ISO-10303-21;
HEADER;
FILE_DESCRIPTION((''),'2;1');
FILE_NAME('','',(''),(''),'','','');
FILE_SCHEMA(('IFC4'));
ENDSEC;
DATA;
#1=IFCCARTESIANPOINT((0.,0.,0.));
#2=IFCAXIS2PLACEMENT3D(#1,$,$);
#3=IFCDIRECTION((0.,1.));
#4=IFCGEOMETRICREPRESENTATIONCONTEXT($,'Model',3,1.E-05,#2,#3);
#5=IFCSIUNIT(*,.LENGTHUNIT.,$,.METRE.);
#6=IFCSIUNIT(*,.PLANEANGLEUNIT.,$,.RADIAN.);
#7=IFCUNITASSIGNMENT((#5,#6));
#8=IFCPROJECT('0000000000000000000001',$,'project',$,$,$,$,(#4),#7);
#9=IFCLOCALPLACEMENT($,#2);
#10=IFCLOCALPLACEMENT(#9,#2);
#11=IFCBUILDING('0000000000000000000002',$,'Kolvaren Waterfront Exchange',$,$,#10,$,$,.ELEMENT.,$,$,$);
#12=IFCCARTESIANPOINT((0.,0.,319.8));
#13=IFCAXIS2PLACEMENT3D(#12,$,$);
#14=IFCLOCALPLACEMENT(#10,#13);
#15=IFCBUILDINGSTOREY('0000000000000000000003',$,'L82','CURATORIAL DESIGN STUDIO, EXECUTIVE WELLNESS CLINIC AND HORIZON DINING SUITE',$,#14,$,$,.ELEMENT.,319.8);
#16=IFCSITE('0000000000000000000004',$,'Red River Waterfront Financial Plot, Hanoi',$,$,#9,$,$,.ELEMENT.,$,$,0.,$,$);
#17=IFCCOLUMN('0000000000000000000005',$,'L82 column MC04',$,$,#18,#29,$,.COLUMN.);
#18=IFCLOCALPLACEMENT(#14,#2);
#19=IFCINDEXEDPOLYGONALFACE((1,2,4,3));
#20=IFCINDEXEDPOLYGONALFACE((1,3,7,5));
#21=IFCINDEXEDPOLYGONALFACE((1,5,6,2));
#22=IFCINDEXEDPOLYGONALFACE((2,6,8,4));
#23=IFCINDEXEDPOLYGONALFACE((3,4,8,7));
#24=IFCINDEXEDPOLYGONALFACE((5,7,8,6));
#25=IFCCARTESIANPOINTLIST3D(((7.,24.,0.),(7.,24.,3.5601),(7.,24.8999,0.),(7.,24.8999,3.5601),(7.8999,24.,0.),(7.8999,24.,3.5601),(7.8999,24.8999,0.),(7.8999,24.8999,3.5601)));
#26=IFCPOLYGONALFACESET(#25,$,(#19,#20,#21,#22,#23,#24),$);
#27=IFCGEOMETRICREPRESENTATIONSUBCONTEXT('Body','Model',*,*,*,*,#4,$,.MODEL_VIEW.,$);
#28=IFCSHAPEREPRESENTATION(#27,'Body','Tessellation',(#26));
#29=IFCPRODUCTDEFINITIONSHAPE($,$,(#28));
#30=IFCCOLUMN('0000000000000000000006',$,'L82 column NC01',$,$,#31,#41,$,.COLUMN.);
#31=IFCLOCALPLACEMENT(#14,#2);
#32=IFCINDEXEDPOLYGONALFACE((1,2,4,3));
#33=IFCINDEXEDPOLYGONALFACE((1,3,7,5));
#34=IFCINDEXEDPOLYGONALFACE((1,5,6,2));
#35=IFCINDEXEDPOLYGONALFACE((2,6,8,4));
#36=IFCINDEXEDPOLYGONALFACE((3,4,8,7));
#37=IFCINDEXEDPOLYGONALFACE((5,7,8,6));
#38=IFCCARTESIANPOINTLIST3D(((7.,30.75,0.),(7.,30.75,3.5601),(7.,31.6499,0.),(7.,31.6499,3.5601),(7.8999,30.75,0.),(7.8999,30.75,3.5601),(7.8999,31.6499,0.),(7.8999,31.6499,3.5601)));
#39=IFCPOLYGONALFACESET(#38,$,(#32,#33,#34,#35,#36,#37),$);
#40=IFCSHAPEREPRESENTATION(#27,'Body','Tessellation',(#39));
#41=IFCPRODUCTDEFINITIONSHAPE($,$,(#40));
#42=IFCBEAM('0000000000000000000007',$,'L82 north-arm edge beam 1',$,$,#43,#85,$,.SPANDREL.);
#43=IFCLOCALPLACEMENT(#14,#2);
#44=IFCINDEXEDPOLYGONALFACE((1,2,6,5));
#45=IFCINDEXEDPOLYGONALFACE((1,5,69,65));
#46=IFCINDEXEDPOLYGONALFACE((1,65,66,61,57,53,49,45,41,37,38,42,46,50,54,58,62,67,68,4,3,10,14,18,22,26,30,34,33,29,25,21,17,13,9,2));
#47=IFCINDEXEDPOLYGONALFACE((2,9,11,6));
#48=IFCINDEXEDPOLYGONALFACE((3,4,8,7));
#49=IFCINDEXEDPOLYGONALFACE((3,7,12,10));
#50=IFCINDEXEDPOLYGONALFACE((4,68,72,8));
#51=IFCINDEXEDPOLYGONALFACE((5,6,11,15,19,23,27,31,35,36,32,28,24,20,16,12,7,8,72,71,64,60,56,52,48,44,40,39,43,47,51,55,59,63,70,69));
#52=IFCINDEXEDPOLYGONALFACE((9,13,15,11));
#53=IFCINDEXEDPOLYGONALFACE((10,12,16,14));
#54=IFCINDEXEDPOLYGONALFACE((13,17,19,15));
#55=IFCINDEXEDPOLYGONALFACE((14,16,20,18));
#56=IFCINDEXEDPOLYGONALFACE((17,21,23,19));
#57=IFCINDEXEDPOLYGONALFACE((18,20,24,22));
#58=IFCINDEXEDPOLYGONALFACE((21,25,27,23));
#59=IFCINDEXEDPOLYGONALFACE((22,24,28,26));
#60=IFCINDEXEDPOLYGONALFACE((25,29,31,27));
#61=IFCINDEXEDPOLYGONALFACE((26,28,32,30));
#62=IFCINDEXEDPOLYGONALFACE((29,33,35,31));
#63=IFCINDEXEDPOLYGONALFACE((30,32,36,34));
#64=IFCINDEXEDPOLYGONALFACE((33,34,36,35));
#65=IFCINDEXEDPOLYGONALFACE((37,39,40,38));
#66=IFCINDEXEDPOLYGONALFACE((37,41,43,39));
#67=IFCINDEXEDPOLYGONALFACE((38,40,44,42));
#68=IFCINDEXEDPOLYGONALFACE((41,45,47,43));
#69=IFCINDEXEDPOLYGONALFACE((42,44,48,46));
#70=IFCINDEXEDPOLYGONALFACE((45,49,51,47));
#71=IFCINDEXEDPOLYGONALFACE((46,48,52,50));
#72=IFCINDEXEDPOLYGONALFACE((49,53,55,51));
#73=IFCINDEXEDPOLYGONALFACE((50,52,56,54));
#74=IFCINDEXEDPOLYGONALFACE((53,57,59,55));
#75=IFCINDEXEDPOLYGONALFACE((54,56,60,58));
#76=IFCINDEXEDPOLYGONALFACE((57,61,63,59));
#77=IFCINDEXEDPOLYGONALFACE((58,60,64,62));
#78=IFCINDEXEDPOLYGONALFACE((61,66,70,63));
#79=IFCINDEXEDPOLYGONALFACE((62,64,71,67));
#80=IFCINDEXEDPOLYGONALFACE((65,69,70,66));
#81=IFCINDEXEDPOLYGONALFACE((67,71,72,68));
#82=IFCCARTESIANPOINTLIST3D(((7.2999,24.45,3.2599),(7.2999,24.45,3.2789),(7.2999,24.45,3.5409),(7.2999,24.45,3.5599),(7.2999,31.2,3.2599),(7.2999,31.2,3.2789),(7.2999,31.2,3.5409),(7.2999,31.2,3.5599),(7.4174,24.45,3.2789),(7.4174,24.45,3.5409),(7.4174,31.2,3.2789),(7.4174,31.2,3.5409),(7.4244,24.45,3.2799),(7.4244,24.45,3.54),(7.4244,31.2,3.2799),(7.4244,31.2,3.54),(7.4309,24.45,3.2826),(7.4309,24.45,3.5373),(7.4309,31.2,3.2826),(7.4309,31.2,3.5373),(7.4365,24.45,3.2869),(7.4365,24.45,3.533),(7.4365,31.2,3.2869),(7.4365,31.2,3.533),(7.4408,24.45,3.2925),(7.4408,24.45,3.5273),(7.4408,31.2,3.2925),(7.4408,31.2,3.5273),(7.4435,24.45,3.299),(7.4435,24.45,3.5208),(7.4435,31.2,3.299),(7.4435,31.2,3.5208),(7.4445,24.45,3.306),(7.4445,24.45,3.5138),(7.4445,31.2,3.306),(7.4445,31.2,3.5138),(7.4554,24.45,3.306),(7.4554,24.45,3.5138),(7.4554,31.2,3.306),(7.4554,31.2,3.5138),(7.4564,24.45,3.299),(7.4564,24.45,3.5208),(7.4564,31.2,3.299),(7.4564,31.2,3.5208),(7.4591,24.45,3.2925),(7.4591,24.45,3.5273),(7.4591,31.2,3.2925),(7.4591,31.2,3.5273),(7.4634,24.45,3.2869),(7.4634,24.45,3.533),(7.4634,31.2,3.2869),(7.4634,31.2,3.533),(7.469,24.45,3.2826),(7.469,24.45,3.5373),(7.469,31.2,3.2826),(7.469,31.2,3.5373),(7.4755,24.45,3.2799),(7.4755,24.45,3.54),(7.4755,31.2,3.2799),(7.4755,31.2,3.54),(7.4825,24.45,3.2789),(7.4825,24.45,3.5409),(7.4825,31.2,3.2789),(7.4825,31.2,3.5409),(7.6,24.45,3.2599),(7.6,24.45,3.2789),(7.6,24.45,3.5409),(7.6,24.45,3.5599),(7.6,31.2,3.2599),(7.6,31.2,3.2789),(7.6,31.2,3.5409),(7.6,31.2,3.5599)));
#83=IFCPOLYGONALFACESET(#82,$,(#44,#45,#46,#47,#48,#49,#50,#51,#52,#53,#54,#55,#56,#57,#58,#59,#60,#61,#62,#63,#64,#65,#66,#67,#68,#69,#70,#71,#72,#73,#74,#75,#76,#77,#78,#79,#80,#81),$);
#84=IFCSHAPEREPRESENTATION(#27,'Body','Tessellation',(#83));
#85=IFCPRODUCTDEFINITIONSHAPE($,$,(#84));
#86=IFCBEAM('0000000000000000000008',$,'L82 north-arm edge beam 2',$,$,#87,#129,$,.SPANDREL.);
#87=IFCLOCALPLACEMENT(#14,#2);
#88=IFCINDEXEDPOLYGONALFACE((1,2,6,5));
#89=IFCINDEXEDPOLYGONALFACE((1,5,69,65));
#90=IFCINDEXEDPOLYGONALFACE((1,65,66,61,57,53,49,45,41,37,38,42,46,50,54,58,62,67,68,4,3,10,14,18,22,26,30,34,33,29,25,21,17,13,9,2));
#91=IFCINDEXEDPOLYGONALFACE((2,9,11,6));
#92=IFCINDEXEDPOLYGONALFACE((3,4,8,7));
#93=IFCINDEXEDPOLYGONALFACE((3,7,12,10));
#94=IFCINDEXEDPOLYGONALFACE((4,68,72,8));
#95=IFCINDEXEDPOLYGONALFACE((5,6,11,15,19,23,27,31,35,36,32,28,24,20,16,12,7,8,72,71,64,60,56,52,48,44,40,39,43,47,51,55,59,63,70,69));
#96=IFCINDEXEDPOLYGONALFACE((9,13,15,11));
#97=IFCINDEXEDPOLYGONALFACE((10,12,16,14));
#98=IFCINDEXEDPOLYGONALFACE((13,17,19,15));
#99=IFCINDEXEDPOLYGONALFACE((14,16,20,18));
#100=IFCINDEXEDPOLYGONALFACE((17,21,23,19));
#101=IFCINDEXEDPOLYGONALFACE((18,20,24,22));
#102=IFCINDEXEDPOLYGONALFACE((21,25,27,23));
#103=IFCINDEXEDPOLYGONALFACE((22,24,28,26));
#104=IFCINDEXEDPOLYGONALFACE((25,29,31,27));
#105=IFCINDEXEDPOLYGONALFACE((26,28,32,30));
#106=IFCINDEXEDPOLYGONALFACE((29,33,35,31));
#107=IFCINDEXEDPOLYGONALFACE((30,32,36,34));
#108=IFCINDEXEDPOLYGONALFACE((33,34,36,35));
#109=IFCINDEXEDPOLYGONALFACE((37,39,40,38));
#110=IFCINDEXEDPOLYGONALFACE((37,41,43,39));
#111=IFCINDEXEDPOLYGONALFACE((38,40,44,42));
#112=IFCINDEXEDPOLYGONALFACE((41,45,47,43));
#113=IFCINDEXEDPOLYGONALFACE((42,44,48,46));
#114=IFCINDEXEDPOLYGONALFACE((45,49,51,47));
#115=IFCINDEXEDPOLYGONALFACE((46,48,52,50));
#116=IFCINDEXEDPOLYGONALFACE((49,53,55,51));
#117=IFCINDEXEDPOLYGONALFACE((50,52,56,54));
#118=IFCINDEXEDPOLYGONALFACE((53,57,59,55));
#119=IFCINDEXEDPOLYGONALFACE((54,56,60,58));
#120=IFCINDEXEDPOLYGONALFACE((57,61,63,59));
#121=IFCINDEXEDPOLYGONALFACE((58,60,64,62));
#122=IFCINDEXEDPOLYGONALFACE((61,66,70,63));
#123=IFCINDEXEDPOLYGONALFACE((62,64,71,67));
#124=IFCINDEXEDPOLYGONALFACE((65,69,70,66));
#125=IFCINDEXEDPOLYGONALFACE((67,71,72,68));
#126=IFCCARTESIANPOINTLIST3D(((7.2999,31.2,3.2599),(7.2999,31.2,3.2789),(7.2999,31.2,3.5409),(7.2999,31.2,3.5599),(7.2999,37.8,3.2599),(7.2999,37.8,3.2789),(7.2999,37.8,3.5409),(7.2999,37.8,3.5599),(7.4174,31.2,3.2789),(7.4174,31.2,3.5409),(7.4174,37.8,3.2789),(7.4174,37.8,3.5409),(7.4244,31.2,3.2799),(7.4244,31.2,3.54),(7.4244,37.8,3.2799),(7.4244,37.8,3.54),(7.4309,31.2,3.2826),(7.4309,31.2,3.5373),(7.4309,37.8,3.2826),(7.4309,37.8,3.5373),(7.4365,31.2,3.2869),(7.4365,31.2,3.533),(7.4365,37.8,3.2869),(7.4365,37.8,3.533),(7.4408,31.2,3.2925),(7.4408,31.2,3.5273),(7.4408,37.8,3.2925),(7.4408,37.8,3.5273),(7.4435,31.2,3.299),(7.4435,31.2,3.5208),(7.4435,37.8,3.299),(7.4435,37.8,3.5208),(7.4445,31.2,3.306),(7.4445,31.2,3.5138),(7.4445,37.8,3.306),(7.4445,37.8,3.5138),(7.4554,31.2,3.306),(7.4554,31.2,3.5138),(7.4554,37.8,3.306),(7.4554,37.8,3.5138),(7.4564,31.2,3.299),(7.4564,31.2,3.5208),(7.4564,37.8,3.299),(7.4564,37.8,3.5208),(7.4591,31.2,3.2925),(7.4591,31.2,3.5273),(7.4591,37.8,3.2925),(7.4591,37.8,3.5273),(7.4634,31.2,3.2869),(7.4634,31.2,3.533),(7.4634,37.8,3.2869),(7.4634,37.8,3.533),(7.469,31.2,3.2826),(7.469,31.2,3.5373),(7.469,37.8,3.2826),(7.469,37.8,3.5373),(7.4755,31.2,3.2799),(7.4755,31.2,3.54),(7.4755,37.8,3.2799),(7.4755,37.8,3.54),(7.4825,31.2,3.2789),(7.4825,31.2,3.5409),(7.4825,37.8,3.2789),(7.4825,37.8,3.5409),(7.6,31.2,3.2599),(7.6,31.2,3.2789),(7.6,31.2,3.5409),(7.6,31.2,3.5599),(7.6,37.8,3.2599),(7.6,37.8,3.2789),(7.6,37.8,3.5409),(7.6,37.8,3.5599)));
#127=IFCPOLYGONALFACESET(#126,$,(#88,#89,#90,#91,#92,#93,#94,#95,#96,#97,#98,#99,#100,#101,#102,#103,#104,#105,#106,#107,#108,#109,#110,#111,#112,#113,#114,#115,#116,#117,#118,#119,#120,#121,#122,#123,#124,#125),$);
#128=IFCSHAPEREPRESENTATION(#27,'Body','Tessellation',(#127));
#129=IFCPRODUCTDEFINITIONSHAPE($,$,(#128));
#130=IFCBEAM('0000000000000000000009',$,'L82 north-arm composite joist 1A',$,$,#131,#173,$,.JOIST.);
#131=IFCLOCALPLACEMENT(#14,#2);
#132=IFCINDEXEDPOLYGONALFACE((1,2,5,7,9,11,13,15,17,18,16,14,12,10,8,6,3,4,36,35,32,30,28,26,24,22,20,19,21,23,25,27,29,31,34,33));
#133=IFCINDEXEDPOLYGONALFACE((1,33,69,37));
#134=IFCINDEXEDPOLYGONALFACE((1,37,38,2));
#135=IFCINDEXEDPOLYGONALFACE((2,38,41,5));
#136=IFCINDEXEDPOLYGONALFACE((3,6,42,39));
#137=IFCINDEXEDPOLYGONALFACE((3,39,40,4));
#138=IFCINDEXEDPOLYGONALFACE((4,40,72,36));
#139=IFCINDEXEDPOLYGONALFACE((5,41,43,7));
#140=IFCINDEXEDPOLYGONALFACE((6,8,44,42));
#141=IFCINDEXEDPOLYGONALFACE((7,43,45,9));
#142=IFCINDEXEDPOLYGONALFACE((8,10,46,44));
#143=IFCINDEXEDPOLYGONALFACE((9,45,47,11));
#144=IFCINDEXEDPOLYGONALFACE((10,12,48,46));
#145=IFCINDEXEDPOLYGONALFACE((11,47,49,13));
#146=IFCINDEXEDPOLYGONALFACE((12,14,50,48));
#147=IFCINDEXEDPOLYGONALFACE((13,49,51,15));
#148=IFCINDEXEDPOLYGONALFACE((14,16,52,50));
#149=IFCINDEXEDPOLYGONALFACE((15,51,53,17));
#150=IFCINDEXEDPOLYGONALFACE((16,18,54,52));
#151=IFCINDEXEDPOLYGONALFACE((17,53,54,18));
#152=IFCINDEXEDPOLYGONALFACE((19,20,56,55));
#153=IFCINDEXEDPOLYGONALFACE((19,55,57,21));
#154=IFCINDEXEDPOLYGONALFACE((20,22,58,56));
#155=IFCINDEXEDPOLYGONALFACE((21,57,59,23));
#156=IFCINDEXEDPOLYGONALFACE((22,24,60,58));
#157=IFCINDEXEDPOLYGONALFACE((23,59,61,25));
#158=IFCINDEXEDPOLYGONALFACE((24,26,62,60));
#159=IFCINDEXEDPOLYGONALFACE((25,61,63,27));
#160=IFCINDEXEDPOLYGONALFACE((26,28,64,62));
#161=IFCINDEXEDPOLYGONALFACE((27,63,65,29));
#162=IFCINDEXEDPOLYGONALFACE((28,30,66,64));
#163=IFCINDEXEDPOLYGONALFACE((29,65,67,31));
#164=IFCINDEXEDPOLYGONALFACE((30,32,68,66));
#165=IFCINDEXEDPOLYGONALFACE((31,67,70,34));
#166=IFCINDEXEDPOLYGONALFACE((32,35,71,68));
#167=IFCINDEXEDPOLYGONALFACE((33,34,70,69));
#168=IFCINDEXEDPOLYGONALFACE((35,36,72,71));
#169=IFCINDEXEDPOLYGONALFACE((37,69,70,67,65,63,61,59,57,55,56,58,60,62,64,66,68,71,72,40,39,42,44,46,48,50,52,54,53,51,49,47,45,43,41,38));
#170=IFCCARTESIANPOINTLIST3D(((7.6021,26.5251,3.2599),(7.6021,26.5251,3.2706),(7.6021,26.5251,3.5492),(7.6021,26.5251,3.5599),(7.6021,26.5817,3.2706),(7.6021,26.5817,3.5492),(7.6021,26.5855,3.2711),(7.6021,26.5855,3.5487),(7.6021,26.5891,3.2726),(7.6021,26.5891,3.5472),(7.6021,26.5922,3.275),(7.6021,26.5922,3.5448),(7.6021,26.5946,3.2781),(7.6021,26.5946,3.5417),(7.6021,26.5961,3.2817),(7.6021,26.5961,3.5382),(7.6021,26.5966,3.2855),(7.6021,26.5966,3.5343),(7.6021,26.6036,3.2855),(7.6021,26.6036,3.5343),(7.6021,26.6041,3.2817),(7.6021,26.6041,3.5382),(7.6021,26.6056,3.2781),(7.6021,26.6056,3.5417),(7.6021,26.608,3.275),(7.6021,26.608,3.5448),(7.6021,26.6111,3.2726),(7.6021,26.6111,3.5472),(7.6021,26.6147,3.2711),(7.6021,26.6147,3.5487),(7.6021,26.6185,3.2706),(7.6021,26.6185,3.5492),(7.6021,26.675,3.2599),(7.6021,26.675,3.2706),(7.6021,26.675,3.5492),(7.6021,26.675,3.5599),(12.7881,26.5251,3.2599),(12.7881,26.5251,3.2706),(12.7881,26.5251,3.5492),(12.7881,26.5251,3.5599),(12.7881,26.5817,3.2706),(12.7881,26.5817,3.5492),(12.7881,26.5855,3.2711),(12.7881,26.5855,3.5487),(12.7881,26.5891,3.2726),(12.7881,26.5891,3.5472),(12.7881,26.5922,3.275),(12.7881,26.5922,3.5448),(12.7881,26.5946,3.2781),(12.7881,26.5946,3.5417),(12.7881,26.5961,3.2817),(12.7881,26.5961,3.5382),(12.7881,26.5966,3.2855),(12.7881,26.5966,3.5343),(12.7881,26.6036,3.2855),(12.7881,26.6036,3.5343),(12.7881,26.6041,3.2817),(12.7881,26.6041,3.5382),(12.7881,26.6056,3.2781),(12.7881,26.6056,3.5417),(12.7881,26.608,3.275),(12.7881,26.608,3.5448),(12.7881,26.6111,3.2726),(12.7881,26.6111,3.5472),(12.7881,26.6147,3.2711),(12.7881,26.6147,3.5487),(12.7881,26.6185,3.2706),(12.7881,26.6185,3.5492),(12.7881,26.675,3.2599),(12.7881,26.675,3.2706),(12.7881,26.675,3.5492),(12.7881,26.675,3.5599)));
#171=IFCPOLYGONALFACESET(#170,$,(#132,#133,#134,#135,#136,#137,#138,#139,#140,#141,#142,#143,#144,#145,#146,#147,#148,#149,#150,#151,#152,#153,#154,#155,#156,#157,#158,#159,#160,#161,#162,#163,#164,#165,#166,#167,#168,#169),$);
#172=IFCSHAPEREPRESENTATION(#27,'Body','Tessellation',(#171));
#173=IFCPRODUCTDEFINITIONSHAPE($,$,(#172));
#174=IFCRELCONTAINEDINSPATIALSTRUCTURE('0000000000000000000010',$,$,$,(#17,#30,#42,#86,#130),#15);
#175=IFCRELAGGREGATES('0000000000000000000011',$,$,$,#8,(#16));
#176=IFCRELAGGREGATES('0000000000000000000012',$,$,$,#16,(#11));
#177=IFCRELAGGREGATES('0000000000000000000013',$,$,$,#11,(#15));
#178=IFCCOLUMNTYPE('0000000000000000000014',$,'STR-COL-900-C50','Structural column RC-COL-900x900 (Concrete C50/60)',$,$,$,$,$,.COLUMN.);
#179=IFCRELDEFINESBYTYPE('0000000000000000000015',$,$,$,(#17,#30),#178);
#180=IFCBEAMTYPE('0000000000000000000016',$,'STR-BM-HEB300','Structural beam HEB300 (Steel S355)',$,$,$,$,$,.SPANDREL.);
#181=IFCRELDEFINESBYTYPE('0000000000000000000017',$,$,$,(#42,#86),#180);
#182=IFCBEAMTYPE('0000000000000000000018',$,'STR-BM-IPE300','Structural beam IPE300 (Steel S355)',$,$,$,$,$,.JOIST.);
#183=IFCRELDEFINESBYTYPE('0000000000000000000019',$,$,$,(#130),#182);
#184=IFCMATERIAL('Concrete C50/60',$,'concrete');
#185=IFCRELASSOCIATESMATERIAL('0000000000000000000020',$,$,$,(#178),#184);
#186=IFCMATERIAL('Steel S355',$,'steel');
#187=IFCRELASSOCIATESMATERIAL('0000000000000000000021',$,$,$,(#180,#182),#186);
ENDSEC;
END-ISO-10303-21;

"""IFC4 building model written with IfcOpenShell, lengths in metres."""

from ifc_helpers import new_model, si_unit, direction, frame, origin, origin_2d, place, context, subcontext, project, spatial, rectangle, i_section, extrude, material, material_profile, profile_set, type_object, element, save


model = new_model("IFC4")

# Units and contexts
model_context = context("Model", 3, precision=1e-05, world=origin(), true_north=direction((0.0, 1.0)))
body_context = subcontext(model_context, "Body", "Model", "MODEL_VIEW")
ifc_project = project(units=[si_unit("LENGTHUNIT", "METRE"), si_unit("PLANEANGLEUNIT", "RADIAN")], contexts=[model_context])

# Site, building, storey
site_placement = place(None, origin())
site = spatial("IfcSite", under=ifc_project, at=site_placement, Name="Red River Waterfront Financial Plot, Hanoi", CompositionType="ELEMENT", RefElevation=0.0)
building_placement = place(site_placement, origin())
building = spatial("IfcBuilding", under=site, at=building_placement, Name="Kolvaren Waterfront Exchange", CompositionType="ELEMENT")
storey_placement = place(building_placement, frame((0.0, 0.0, 319.8)))
storey = spatial("IfcBuildingStorey", under=building, at=storey_placement, Name="L82", Description="CURATORIAL DESIGN STUDIO, EXECUTIVE WELLNESS CLINIC AND HORIZON DINING SUITE", CompositionType="ELEMENT", Elevation=319.8)

# Columns
ifc_material_1 = material(Name="Concrete C50/60", Category="concrete")
ifc_material_profile_1 = material_profile(ifc_material_1, rectangle(XDim=0.8999, YDim=0.8999, at=origin_2d()), Name="RC-COL-900x900")
ifc_profile_set_1 = profile_set([ifc_material_profile_1], Name="Concrete C50/60")
column_type = type_object("IfcColumnType", Name="STR-COL-900-C50", Description="Structural column RC-COL-900x900 (Concrete C50/60)", PredefinedType="COLUMN", material=ifc_profile_set_1)
for number, where, z_axis, x_axis, name in (
    (1, (7.45, 24.45, 0.0), (0.0, 0.0, 1.0), (1.0, 0.0, 0.0), "L82 column MC04"),
    (2, (7.45, 31.2, 0.0), (0.0, 0.0, 1.0), (1.0, 0.0, 0.0), "L82 column NC01"),
):
    element("IfcColumn", number, at=place(storey_placement, frame(where, z_axis=z_axis, x_axis=x_axis)), inside=storey, type_object=column_type, Name=name, PredefinedType="COLUMN", context=body_context, shape_type="SweptSolid", body=[
        extrude(rectangle(XDim=0.8999, YDim=0.8999, at=origin_2d()), origin(), (0.0, 0.0, 1.0), 3.5601),
    ])

# Beams
ifc_material_2 = material(Name="Steel S355", Category="steel")
ifc_material_profile_2 = material_profile(ifc_material_2, i_section(OverallWidth=0.3, OverallDepth=0.3, WebThickness=0.011, FlangeThickness=0.019, FilletRadius=0.0271, at=origin_2d()), Name="HEB300")
ifc_profile_set_2 = profile_set([ifc_material_profile_2], Name="Steel S355")
beam_type_1 = type_object("IfcBeamType", Name="STR-BM-HEB300", Description="Structural beam HEB300 (Steel S355)", PredefinedType="SPANDREL", material=ifc_profile_set_2)
beam_1_placement = place(storey_placement, frame((7.45, 24.45, 3.4099), z_axis=(0.0, 1.0, 0.0), x_axis=(-1.0, 0.0, 0.0)))
element("IfcBeam", 3, at=beam_1_placement, inside=storey, type_object=beam_type_1, Name="L82 north-arm edge beam 1", PredefinedType="SPANDREL", context=body_context, shape_type="SweptSolid", body=[
    extrude(i_section(OverallWidth=0.3, OverallDepth=0.3, WebThickness=0.011, FlangeThickness=0.019, FilletRadius=0.0271, at=origin_2d()), origin(), (0.0, 0.0, 1.0), 6.75),
])
beam_2_placement = place(storey_placement, frame((7.45, 31.2, 3.4099), z_axis=(0.0, 1.0, 0.0), x_axis=(-1.0, 0.0, 0.0)))
element("IfcBeam", 4, at=beam_2_placement, inside=storey, type_object=beam_type_1, Name="L82 north-arm edge beam 2", PredefinedType="SPANDREL", context=body_context, shape_type="SweptSolid", body=[
    extrude(i_section(OverallWidth=0.3, OverallDepth=0.3, WebThickness=0.011, FlangeThickness=0.019, FilletRadius=0.0271, at=origin_2d()), origin(), (0.0, 0.0, 1.0), 6.6001),
])
ifc_material_profile_3 = material_profile(ifc_material_2, i_section(OverallWidth=0.1499, OverallDepth=0.3, WebThickness=0.0071, FlangeThickness=0.0107, FilletRadius=0.0149, at=origin_2d()), Name="IPE300")
ifc_profile_set_3 = profile_set([ifc_material_profile_3], Name="Steel S355")
beam_type_2 = type_object("IfcBeamType", Name="STR-BM-IPE300", Description="Structural beam IPE300 (Steel S355)", PredefinedType="JOIST", material=ifc_profile_set_3)
for number, where, z_axis, x_axis, name in (
    (5, (7.6021, 26.6001, 3.4099), (1.0, 0.0, 0.0), (0.0, 1.0, 0.0), "L82 north-arm composite joist 1A"),
):
    element("IfcBeam", number, at=place(storey_placement, frame(where, z_axis=z_axis, x_axis=x_axis)), inside=storey, type_object=beam_type_2, Name=name, PredefinedType="JOIST", context=body_context, shape_type="SweptSolid", body=[
        extrude(i_section(OverallWidth=0.1499, OverallDepth=0.3, WebThickness=0.0071, FlangeThickness=0.0107, FilletRadius=0.0149, at=origin_2d()), origin(), (0.0, 0.0, 1.0), 5.186),
    ])

save(model, "model.ifc")
